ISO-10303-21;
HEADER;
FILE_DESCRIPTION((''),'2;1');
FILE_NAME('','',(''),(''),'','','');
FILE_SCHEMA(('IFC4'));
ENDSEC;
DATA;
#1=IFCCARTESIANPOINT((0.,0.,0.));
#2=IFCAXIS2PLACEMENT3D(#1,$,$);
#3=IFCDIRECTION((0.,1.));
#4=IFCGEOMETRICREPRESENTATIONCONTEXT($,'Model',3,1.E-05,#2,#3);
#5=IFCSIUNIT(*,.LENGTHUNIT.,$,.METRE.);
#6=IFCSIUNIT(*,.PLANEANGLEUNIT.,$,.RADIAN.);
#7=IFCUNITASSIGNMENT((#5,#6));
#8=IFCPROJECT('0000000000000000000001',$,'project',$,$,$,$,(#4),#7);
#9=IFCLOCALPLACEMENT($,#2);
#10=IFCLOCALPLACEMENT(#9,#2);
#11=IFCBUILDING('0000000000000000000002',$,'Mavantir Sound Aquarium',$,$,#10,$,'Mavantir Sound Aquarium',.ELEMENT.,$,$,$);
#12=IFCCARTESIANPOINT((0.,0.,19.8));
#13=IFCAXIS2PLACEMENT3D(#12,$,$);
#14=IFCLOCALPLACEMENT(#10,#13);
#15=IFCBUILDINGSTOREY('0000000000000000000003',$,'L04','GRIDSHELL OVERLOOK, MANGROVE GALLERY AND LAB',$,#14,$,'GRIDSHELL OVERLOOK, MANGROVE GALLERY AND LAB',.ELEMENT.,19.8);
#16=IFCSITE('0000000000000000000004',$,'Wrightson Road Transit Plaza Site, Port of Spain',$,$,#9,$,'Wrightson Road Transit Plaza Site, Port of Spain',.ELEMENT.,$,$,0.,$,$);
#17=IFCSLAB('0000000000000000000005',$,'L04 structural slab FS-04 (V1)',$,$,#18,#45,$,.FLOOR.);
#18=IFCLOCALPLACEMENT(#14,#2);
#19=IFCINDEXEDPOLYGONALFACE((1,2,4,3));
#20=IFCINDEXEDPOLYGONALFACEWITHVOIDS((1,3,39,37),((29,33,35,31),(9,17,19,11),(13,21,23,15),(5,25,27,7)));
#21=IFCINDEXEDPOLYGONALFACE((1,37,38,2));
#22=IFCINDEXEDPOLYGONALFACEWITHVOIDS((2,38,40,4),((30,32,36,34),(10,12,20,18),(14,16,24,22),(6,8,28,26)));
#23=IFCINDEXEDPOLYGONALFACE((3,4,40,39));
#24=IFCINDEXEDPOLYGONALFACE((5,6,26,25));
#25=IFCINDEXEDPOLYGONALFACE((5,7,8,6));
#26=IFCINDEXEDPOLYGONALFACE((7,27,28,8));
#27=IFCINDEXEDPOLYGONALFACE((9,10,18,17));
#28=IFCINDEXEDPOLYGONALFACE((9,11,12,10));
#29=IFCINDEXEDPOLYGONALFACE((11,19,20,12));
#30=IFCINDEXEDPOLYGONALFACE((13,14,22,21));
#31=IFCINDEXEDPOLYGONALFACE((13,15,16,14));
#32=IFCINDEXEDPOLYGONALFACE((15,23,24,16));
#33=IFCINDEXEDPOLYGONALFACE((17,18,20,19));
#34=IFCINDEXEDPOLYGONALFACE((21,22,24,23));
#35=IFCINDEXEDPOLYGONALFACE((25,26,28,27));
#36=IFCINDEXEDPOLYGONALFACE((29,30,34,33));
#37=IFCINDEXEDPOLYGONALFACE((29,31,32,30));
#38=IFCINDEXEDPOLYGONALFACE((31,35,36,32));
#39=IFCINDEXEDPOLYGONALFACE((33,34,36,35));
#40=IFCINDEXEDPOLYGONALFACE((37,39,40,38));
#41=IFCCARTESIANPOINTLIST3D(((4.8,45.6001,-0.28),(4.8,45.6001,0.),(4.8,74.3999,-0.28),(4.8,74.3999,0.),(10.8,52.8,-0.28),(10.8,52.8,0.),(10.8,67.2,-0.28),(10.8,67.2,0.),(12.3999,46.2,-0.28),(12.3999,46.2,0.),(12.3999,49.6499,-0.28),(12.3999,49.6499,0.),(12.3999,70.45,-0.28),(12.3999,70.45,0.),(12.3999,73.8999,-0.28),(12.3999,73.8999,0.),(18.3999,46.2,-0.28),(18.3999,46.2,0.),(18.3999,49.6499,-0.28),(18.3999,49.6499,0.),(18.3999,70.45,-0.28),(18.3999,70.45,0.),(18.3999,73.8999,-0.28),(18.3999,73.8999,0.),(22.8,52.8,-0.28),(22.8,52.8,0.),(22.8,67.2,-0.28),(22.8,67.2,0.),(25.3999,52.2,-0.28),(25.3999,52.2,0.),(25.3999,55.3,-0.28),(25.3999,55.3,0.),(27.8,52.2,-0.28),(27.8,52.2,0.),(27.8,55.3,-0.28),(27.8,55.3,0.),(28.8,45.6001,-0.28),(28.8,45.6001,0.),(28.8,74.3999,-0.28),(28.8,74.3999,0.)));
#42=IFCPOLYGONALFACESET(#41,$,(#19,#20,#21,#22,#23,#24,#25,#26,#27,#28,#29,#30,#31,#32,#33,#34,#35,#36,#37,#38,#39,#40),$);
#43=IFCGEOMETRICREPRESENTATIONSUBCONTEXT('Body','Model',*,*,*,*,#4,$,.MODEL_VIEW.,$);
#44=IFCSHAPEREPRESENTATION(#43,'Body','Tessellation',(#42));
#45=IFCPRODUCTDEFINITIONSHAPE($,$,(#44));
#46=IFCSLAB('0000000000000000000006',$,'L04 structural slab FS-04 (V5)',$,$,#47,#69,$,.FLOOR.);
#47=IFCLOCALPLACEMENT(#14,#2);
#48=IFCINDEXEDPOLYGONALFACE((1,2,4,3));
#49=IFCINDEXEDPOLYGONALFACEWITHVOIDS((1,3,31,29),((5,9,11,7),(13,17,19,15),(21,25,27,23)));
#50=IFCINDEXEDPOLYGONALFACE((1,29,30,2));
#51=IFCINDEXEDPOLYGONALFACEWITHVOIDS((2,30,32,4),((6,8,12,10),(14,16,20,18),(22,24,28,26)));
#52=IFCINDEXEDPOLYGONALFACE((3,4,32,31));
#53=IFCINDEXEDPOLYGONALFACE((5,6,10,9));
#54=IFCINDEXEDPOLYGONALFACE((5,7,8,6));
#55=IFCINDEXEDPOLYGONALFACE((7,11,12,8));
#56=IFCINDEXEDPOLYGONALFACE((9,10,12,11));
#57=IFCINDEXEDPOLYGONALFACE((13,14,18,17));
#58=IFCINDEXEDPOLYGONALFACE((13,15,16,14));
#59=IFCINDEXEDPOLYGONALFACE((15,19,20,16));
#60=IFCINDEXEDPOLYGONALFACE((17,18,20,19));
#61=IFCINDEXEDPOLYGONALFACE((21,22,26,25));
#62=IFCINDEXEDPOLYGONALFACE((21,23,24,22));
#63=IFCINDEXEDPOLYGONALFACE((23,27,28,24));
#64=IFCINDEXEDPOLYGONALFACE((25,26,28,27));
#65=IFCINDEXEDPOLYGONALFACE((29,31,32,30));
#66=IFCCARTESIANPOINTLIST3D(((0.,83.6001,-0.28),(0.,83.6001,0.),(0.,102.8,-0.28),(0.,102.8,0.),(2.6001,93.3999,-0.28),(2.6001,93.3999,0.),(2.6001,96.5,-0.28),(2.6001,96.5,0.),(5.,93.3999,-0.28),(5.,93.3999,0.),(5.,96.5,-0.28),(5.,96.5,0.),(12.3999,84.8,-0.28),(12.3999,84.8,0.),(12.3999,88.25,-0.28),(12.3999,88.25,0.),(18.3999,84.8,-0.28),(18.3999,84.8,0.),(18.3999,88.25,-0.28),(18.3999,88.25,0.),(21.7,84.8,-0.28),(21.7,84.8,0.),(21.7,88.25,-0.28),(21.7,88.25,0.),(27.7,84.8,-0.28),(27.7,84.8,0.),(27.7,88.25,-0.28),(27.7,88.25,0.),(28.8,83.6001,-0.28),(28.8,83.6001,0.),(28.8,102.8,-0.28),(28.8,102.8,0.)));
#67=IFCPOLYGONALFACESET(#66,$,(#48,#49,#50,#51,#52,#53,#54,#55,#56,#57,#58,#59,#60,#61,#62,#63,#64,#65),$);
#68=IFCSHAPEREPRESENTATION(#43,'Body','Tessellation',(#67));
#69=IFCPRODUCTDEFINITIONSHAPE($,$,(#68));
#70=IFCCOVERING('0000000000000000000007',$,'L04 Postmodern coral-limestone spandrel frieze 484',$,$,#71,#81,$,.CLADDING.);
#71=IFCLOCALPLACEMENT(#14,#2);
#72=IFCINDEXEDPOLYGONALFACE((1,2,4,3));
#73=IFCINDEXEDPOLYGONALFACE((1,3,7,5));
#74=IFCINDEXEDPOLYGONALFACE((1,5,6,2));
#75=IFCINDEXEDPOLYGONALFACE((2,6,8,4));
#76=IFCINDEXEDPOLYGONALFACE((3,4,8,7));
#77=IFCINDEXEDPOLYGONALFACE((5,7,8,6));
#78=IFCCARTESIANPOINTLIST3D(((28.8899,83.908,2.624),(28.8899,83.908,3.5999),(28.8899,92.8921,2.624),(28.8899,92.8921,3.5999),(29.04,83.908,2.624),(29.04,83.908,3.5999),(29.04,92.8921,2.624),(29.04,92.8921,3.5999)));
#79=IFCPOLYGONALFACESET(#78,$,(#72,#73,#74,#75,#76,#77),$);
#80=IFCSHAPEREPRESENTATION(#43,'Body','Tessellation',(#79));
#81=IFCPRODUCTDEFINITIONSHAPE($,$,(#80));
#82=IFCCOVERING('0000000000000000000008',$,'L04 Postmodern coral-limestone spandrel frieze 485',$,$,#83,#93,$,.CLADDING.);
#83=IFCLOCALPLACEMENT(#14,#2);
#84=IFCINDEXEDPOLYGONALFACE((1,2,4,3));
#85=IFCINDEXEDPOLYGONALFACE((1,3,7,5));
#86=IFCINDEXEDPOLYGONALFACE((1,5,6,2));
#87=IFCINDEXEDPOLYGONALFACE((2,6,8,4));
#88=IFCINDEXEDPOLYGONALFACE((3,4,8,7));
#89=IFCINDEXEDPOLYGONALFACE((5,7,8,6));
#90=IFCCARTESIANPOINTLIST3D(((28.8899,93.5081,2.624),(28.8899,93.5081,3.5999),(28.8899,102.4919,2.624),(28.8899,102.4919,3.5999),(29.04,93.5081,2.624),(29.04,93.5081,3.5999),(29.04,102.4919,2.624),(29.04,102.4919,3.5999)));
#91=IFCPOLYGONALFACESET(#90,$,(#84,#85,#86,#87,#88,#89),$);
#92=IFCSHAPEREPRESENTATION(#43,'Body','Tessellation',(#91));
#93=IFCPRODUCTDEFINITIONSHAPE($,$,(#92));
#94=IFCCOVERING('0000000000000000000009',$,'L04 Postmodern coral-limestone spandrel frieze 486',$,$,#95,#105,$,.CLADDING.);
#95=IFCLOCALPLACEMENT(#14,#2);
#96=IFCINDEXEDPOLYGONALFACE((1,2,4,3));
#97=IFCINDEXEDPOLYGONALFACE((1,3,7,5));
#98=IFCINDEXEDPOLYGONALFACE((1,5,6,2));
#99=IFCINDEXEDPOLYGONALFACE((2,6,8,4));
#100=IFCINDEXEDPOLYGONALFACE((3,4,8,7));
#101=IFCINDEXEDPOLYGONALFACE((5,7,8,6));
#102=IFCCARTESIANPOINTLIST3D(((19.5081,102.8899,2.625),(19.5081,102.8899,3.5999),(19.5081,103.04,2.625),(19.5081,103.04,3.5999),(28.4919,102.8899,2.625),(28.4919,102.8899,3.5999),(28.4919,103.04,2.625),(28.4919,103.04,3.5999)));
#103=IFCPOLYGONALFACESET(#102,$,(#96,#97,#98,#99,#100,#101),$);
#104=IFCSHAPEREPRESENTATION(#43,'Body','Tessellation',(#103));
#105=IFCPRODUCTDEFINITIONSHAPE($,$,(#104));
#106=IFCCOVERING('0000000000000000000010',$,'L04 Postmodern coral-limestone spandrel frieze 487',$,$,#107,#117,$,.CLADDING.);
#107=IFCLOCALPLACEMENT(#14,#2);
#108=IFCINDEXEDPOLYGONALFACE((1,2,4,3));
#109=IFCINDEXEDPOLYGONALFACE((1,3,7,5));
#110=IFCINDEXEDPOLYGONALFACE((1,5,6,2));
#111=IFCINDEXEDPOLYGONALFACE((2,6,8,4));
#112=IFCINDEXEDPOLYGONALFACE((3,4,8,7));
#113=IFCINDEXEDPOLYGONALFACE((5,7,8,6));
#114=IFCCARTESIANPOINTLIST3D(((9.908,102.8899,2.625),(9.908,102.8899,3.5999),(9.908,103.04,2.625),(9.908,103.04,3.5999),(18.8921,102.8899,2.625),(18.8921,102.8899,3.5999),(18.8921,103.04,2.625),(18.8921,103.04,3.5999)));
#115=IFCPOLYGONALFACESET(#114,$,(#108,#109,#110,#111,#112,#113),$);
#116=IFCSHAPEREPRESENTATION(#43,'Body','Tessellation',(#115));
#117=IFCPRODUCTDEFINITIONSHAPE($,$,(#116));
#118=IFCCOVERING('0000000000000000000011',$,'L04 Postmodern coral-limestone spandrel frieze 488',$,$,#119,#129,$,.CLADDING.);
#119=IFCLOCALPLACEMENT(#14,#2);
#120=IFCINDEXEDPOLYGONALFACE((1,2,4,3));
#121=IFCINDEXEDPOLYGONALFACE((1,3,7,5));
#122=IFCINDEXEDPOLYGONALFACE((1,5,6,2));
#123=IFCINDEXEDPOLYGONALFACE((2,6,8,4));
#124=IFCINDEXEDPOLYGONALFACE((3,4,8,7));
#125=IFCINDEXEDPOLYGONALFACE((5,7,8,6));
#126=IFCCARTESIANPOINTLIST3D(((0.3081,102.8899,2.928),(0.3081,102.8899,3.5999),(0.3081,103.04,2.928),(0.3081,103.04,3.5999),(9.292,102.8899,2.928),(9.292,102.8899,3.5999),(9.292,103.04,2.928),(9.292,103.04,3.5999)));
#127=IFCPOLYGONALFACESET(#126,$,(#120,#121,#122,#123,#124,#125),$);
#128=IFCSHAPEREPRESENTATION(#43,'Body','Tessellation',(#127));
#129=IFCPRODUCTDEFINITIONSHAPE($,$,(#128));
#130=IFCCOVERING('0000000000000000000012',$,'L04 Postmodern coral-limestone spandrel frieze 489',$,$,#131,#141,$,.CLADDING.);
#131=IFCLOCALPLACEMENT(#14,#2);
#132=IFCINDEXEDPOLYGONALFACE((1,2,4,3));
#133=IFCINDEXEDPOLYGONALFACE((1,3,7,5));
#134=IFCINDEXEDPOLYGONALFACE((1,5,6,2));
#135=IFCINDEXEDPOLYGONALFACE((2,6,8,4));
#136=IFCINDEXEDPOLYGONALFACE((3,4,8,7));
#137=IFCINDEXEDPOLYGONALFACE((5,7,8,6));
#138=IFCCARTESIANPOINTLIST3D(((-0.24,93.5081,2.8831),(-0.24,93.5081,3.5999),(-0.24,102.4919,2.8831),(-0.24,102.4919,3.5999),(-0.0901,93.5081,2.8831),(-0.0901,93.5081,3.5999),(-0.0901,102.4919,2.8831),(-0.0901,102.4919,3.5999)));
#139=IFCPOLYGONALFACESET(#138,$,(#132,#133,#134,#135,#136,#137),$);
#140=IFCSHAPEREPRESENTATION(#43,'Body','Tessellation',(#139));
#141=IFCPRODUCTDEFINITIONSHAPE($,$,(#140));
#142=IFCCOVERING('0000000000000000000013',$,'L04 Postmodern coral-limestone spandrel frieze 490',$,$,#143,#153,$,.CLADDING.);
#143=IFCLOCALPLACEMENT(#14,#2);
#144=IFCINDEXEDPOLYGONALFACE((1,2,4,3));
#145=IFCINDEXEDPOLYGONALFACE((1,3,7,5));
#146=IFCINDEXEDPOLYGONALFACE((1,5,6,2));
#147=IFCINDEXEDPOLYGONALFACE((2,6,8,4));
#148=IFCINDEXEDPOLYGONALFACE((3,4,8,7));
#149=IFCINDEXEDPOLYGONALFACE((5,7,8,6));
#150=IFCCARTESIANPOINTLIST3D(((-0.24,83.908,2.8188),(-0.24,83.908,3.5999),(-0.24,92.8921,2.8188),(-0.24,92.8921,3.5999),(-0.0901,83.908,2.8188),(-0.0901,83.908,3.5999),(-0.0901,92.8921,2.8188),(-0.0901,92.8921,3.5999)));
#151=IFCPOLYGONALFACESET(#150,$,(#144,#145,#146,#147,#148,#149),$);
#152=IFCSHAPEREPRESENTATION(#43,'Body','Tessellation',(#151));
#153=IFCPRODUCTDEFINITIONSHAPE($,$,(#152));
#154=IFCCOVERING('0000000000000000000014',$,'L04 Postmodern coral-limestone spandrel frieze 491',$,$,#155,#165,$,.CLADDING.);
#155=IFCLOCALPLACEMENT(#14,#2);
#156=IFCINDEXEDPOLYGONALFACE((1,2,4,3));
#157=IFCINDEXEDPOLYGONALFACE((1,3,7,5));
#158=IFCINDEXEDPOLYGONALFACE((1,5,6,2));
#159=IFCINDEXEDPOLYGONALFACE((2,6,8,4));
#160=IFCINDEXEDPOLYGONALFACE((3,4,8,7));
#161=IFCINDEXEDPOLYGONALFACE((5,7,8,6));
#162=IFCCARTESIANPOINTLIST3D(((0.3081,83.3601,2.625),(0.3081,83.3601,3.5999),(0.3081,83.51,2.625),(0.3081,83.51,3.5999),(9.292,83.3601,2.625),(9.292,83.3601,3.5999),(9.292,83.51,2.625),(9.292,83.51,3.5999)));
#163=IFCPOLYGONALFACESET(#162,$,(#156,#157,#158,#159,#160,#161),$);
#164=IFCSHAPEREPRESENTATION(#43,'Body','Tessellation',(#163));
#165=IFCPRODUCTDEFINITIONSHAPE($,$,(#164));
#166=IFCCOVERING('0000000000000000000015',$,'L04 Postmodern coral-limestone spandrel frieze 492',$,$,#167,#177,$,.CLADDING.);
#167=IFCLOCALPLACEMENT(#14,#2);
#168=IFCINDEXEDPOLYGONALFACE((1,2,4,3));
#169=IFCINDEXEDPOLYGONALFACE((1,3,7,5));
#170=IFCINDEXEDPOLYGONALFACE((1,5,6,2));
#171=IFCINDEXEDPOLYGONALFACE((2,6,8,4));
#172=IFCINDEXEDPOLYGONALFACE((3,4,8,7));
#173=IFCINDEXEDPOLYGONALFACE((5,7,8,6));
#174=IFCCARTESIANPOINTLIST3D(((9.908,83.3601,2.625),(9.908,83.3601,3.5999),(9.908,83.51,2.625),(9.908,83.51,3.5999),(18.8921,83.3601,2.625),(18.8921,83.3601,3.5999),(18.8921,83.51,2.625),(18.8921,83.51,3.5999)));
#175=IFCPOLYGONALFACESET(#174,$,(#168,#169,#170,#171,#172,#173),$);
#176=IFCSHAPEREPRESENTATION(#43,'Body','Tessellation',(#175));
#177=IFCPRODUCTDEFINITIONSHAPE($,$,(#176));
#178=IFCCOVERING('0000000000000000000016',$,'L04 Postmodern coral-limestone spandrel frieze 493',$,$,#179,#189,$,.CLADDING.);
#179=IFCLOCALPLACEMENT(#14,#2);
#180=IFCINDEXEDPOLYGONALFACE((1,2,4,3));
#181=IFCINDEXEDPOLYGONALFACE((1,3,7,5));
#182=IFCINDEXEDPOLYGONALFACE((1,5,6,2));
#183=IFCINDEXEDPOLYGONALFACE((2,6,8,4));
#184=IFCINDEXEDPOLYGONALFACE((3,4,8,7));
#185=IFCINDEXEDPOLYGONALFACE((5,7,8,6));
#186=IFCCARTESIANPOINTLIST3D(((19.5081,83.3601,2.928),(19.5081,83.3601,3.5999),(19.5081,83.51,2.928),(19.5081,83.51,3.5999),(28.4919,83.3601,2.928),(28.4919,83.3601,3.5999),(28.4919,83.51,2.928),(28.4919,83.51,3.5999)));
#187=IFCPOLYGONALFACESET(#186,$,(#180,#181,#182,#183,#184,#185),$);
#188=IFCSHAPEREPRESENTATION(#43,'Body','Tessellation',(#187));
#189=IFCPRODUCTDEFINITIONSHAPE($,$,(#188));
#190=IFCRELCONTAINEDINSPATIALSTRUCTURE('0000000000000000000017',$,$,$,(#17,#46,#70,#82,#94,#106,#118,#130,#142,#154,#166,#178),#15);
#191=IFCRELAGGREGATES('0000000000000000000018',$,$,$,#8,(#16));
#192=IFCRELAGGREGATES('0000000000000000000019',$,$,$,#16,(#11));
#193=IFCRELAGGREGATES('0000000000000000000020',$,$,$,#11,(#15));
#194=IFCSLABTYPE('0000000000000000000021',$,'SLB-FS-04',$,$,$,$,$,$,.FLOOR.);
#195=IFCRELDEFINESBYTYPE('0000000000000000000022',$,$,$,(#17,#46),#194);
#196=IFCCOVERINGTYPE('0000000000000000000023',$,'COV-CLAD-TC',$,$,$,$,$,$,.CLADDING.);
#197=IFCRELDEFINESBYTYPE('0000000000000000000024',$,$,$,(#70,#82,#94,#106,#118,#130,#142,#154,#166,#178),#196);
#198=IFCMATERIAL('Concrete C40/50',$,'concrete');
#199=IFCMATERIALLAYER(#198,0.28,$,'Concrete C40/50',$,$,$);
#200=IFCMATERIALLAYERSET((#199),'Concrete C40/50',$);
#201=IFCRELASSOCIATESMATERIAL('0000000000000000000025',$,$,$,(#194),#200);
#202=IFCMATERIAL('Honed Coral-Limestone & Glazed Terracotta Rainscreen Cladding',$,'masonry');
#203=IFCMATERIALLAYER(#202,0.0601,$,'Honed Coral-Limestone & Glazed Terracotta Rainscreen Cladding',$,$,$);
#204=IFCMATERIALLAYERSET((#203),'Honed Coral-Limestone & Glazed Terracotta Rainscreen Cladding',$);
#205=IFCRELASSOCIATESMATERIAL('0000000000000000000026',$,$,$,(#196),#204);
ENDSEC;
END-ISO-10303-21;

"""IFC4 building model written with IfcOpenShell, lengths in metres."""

from ifc_helpers import new_model, si_unit, direction, frame, origin, place, context, subcontext, project, spatial, polyline, outline, extrude, material, layer, layer_set, type_object, element, save


model = new_model("IFC4")

# Units and contexts
model_context = context("Model", 3, precision=1e-05, world=origin(), true_north=direction((0.0, 1.0)))
body_context = subcontext(model_context, "Body", "Model", "MODEL_VIEW")
ifc_project = project(units=[si_unit("LENGTHUNIT", "METRE"), si_unit("PLANEANGLEUNIT", "RADIAN")], contexts=[model_context])

# Site, building, storey
site_placement = place(None, origin())
site = spatial("IfcSite", under=ifc_project, at=site_placement, Name="Wrightson Road Transit Plaza Site, Port of Spain", LongName="Wrightson Road Transit Plaza Site, Port of Spain", CompositionType="ELEMENT", RefElevation=0.0)
building_placement = place(site_placement, origin())
building = spatial("IfcBuilding", under=site, at=building_placement, Name="Mavantir Sound Aquarium", LongName="Mavantir Sound Aquarium", CompositionType="ELEMENT")
storey_placement = place(building_placement, frame((0.0, 0.0, 19.8)))
storey = spatial("IfcBuildingStorey", under=building, at=storey_placement, Name="L04", Description="GRIDSHELL OVERLOOK, MANGROVE GALLERY AND LAB", LongName="GRIDSHELL OVERLOOK, MANGROVE GALLERY AND LAB", CompositionType="ELEMENT", Elevation=19.8)

# Slabs
ifc_material_1 = material(Name="Concrete C40/50", Category="concrete")
ifc_layer_1 = layer(ifc_material_1, 0.28, Name="Concrete C40/50")
ifc_layer_set_1 = layer_set([ifc_layer_1], Name="Concrete C40/50")
slab_type = type_object("IfcSlabType", Name="SLB-FS-04", PredefinedType="FLOOR", material=ifc_layer_set_1)
slab_1_placement = place(storey_placement, frame((0.0, 0.0, -0.28)))
element("IfcSlab", 1, at=slab_1_placement, inside=storey, type_object=slab_type, Name="L04 structural slab FS-04 (V1)", PredefinedType="FLOOR", context=body_context, shape_type="SweptSolid", body=[
    extrude(outline(polyline([(28.8, 45.6001), (28.8, 74.3999), (4.8, 74.3999), (4.8, 45.6001), (28.8, 45.6001)]), holes=[polyline([(10.8, 52.8), (22.8, 52.8), (22.8, 67.2), (10.8, 67.2), (10.8, 52.8)]), polyline([(12.3999, 46.2), (18.3999, 46.2), (18.3999, 49.6499), (12.3999, 49.6499), (12.3999, 46.2)]), polyline([(12.3999, 70.45), (18.3999, 70.45), (18.3999, 73.8999), (12.3999, 73.8999), (12.3999, 70.45)]), polyline([(25.3999, 52.2), (27.8, 52.2), (27.8, 55.3), (25.3999, 55.3), (25.3999, 52.2)])]), origin(), (0.0, 0.0, 1.0), 0.28),
])
slab_2_placement = place(storey_placement, frame((0.0, 0.0, -0.28)))
element("IfcSlab", 2, at=slab_2_placement, inside=storey, type_object=slab_type, Name="L04 structural slab FS-04 (V5)", PredefinedType="FLOOR", context=body_context, shape_type="SweptSolid", body=[
    extrude(outline(polyline([(28.8, 83.6001), (28.8, 102.8), (0.0, 102.8), (0.0, 83.6001), (28.8, 83.6001)]), holes=[polyline([(12.3999, 84.8), (18.3999, 84.8), (18.3999, 88.25), (12.3999, 88.25), (12.3999, 84.8)]), polyline([(21.7, 84.8), (27.7, 84.8), (27.7, 88.25), (21.7, 88.25), (21.7, 84.8)]), polyline([(2.6001, 93.3999), (5.0, 93.3999), (5.0, 96.5), (2.6001, 96.5), (2.6001, 93.3999)])]), origin(), (0.0, 0.0, 1.0), 0.28),
])

# Coverings
ifc_material_2 = material(Name="Honed Coral-Limestone & Glazed Terracotta Rainscreen Cladding", Category="masonry")
ifc_layer_2 = layer(ifc_material_2, 0.0601, Name="Honed Coral-Limestone & Glazed Terracotta Rainscreen Cladding")
ifc_layer_set_2 = layer_set([ifc_layer_2], Name="Honed Coral-Limestone & Glazed Terracotta Rainscreen Cladding")
covering_type = type_object("IfcCoveringType", Name="COV-CLAD-TC", PredefinedType="CLADDING", material=ifc_layer_set_2)
covering_1_placement = place(storey_placement, frame((0.0, 0.0, 2.624)))
element("IfcCovering", 3, at=covering_1_placement, inside=storey, type_object=covering_type, Name="L04 Postmodern coral-limestone spandrel frieze 484", PredefinedType="CLADDING", context=body_context, shape_type="SweptSolid", body=[
    extrude(outline(polyline([(28.8899, 83.908), (28.8899, 92.8921), (29.04, 92.8921), (29.04, 83.908), (28.8899, 83.908)])), origin(), (0.0, 0.0, 1.0), 0.9758),
])
covering_2_placement = place(storey_placement, frame((0.0, 0.0, 2.624)))
element("IfcCovering", 4, at=covering_2_placement, inside=storey, type_object=covering_type, Name="L04 Postmodern coral-limestone spandrel frieze 485", PredefinedType="CLADDING", context=body_context, shape_type="SweptSolid", body=[
    extrude(outline(polyline([(28.8899, 93.5081), (28.8899, 102.4919), (29.04, 102.4919), (29.04, 93.5081), (28.8899, 93.5081)])), origin(), (0.0, 0.0, 1.0), 0.9758),
])
covering_3_placement = place(storey_placement, frame((0.0, 0.0, 2.625)))
element("IfcCovering", 5, at=covering_3_placement, inside=storey, type_object=covering_type, Name="L04 Postmodern coral-limestone spandrel frieze 486", PredefinedType="CLADDING", context=body_context, shape_type="SweptSolid", body=[
    extrude(outline(polyline([(28.4919, 102.8899), (19.5081, 102.8899), (19.5081, 103.04), (28.4919, 103.04), (28.4919, 102.8899)])), origin(), (0.0, 0.0, 1.0), 0.9749),
])
covering_4_placement = place(storey_placement, frame((0.0, 0.0, 2.625)))
element("IfcCovering", 6, at=covering_4_placement, inside=storey, type_object=covering_type, Name="L04 Postmodern coral-limestone spandrel frieze 487", PredefinedType="CLADDING", context=body_context, shape_type="SweptSolid", body=[
    extrude(outline(polyline([(18.8921, 102.8899), (9.908, 102.8899), (9.908, 103.04), (18.8921, 103.04), (18.8921, 102.8899)])), origin(), (0.0, 0.0, 1.0), 0.9749),
])
covering_5_placement = place(storey_placement, frame((0.0, 0.0, 2.928)))
element("IfcCovering", 7, at=covering_5_placement, inside=storey, type_object=covering_type, Name="L04 Postmodern coral-limestone spandrel frieze 488", PredefinedType="CLADDING", context=body_context, shape_type="SweptSolid", body=[
    extrude(outline(polyline([(9.292, 102.8899), (0.3081, 102.8899), (0.3081, 103.04), (9.292, 103.04), (9.292, 102.8899)])), origin(), (0.0, 0.0, 1.0), 0.6719),
])
covering_6_placement = place(storey_placement, frame((0.0, 0.0, 2.8831)))
element("IfcCovering", 8, at=covering_6_placement, inside=storey, type_object=covering_type, Name="L04 Postmodern coral-limestone spandrel frieze 489", PredefinedType="CLADDING", context=body_context, shape_type="SweptSolid", body=[
    extrude(outline(polyline([(-0.0901, 102.4919), (-0.0901, 93.5081), (-0.24, 93.5081), (-0.24, 102.4919), (-0.0901, 102.4919)])), origin(), (0.0, 0.0, 1.0), 0.7168),
])
covering_7_placement = place(storey_placement, frame((0.0, 0.0, 2.8188)))
element("IfcCovering", 9, at=covering_7_placement, inside=storey, type_object=covering_type, Name="L04 Postmodern coral-limestone spandrel frieze 490", PredefinedType="CLADDING", context=body_context, shape_type="SweptSolid", body=[
    extrude(outline(polyline([(-0.0901, 92.8921), (-0.0901, 83.908), (-0.24, 83.908), (-0.24, 92.8921), (-0.0901, 92.8921)])), origin(), (0.0, 0.0, 1.0), 0.781),
])
covering_8_placement = place(storey_placement, frame((0.0, 0.0, 2.625)))
element("IfcCovering", 10, at=covering_8_placement, inside=storey, type_object=covering_type, Name="L04 Postmodern coral-limestone spandrel frieze 491", PredefinedType="CLADDING", context=body_context, shape_type="SweptSolid", body=[
    extrude(outline(polyline([(0.3081, 83.51), (9.292, 83.51), (9.292, 83.3601), (0.3081, 83.3601), (0.3081, 83.51)])), origin(), (0.0, 0.0, 1.0), 0.9749),
])
covering_9_placement = place(storey_placement, frame((0.0, 0.0, 2.625)))
element("IfcCovering", 11, at=covering_9_placement, inside=storey, type_object=covering_type, Name="L04 Postmodern coral-limestone spandrel frieze 492", PredefinedType="CLADDING", context=body_context, shape_type="SweptSolid", body=[
    extrude(outline(polyline([(9.908, 83.51), (18.8921, 83.51), (18.8921, 83.3601), (9.908, 83.3601), (9.908, 83.51)])), origin(), (0.0, 0.0, 1.0), 0.9749),
])
covering_10_placement = place(storey_placement, frame((0.0, 0.0, 2.928)))
element("IfcCovering", 12, at=covering_10_placement, inside=storey, type_object=covering_type, Name="L04 Postmodern coral-limestone spandrel frieze 493", PredefinedType="CLADDING", context=body_context, shape_type="SweptSolid", body=[
    extrude(outline(polyline([(19.5081, 83.51), (28.4919, 83.51), (28.4919, 83.3601), (19.5081, 83.3601), (19.5081, 83.51)])), origin(), (0.0, 0.0, 1.0), 0.6719),
])

save(model, "model.ifc")
